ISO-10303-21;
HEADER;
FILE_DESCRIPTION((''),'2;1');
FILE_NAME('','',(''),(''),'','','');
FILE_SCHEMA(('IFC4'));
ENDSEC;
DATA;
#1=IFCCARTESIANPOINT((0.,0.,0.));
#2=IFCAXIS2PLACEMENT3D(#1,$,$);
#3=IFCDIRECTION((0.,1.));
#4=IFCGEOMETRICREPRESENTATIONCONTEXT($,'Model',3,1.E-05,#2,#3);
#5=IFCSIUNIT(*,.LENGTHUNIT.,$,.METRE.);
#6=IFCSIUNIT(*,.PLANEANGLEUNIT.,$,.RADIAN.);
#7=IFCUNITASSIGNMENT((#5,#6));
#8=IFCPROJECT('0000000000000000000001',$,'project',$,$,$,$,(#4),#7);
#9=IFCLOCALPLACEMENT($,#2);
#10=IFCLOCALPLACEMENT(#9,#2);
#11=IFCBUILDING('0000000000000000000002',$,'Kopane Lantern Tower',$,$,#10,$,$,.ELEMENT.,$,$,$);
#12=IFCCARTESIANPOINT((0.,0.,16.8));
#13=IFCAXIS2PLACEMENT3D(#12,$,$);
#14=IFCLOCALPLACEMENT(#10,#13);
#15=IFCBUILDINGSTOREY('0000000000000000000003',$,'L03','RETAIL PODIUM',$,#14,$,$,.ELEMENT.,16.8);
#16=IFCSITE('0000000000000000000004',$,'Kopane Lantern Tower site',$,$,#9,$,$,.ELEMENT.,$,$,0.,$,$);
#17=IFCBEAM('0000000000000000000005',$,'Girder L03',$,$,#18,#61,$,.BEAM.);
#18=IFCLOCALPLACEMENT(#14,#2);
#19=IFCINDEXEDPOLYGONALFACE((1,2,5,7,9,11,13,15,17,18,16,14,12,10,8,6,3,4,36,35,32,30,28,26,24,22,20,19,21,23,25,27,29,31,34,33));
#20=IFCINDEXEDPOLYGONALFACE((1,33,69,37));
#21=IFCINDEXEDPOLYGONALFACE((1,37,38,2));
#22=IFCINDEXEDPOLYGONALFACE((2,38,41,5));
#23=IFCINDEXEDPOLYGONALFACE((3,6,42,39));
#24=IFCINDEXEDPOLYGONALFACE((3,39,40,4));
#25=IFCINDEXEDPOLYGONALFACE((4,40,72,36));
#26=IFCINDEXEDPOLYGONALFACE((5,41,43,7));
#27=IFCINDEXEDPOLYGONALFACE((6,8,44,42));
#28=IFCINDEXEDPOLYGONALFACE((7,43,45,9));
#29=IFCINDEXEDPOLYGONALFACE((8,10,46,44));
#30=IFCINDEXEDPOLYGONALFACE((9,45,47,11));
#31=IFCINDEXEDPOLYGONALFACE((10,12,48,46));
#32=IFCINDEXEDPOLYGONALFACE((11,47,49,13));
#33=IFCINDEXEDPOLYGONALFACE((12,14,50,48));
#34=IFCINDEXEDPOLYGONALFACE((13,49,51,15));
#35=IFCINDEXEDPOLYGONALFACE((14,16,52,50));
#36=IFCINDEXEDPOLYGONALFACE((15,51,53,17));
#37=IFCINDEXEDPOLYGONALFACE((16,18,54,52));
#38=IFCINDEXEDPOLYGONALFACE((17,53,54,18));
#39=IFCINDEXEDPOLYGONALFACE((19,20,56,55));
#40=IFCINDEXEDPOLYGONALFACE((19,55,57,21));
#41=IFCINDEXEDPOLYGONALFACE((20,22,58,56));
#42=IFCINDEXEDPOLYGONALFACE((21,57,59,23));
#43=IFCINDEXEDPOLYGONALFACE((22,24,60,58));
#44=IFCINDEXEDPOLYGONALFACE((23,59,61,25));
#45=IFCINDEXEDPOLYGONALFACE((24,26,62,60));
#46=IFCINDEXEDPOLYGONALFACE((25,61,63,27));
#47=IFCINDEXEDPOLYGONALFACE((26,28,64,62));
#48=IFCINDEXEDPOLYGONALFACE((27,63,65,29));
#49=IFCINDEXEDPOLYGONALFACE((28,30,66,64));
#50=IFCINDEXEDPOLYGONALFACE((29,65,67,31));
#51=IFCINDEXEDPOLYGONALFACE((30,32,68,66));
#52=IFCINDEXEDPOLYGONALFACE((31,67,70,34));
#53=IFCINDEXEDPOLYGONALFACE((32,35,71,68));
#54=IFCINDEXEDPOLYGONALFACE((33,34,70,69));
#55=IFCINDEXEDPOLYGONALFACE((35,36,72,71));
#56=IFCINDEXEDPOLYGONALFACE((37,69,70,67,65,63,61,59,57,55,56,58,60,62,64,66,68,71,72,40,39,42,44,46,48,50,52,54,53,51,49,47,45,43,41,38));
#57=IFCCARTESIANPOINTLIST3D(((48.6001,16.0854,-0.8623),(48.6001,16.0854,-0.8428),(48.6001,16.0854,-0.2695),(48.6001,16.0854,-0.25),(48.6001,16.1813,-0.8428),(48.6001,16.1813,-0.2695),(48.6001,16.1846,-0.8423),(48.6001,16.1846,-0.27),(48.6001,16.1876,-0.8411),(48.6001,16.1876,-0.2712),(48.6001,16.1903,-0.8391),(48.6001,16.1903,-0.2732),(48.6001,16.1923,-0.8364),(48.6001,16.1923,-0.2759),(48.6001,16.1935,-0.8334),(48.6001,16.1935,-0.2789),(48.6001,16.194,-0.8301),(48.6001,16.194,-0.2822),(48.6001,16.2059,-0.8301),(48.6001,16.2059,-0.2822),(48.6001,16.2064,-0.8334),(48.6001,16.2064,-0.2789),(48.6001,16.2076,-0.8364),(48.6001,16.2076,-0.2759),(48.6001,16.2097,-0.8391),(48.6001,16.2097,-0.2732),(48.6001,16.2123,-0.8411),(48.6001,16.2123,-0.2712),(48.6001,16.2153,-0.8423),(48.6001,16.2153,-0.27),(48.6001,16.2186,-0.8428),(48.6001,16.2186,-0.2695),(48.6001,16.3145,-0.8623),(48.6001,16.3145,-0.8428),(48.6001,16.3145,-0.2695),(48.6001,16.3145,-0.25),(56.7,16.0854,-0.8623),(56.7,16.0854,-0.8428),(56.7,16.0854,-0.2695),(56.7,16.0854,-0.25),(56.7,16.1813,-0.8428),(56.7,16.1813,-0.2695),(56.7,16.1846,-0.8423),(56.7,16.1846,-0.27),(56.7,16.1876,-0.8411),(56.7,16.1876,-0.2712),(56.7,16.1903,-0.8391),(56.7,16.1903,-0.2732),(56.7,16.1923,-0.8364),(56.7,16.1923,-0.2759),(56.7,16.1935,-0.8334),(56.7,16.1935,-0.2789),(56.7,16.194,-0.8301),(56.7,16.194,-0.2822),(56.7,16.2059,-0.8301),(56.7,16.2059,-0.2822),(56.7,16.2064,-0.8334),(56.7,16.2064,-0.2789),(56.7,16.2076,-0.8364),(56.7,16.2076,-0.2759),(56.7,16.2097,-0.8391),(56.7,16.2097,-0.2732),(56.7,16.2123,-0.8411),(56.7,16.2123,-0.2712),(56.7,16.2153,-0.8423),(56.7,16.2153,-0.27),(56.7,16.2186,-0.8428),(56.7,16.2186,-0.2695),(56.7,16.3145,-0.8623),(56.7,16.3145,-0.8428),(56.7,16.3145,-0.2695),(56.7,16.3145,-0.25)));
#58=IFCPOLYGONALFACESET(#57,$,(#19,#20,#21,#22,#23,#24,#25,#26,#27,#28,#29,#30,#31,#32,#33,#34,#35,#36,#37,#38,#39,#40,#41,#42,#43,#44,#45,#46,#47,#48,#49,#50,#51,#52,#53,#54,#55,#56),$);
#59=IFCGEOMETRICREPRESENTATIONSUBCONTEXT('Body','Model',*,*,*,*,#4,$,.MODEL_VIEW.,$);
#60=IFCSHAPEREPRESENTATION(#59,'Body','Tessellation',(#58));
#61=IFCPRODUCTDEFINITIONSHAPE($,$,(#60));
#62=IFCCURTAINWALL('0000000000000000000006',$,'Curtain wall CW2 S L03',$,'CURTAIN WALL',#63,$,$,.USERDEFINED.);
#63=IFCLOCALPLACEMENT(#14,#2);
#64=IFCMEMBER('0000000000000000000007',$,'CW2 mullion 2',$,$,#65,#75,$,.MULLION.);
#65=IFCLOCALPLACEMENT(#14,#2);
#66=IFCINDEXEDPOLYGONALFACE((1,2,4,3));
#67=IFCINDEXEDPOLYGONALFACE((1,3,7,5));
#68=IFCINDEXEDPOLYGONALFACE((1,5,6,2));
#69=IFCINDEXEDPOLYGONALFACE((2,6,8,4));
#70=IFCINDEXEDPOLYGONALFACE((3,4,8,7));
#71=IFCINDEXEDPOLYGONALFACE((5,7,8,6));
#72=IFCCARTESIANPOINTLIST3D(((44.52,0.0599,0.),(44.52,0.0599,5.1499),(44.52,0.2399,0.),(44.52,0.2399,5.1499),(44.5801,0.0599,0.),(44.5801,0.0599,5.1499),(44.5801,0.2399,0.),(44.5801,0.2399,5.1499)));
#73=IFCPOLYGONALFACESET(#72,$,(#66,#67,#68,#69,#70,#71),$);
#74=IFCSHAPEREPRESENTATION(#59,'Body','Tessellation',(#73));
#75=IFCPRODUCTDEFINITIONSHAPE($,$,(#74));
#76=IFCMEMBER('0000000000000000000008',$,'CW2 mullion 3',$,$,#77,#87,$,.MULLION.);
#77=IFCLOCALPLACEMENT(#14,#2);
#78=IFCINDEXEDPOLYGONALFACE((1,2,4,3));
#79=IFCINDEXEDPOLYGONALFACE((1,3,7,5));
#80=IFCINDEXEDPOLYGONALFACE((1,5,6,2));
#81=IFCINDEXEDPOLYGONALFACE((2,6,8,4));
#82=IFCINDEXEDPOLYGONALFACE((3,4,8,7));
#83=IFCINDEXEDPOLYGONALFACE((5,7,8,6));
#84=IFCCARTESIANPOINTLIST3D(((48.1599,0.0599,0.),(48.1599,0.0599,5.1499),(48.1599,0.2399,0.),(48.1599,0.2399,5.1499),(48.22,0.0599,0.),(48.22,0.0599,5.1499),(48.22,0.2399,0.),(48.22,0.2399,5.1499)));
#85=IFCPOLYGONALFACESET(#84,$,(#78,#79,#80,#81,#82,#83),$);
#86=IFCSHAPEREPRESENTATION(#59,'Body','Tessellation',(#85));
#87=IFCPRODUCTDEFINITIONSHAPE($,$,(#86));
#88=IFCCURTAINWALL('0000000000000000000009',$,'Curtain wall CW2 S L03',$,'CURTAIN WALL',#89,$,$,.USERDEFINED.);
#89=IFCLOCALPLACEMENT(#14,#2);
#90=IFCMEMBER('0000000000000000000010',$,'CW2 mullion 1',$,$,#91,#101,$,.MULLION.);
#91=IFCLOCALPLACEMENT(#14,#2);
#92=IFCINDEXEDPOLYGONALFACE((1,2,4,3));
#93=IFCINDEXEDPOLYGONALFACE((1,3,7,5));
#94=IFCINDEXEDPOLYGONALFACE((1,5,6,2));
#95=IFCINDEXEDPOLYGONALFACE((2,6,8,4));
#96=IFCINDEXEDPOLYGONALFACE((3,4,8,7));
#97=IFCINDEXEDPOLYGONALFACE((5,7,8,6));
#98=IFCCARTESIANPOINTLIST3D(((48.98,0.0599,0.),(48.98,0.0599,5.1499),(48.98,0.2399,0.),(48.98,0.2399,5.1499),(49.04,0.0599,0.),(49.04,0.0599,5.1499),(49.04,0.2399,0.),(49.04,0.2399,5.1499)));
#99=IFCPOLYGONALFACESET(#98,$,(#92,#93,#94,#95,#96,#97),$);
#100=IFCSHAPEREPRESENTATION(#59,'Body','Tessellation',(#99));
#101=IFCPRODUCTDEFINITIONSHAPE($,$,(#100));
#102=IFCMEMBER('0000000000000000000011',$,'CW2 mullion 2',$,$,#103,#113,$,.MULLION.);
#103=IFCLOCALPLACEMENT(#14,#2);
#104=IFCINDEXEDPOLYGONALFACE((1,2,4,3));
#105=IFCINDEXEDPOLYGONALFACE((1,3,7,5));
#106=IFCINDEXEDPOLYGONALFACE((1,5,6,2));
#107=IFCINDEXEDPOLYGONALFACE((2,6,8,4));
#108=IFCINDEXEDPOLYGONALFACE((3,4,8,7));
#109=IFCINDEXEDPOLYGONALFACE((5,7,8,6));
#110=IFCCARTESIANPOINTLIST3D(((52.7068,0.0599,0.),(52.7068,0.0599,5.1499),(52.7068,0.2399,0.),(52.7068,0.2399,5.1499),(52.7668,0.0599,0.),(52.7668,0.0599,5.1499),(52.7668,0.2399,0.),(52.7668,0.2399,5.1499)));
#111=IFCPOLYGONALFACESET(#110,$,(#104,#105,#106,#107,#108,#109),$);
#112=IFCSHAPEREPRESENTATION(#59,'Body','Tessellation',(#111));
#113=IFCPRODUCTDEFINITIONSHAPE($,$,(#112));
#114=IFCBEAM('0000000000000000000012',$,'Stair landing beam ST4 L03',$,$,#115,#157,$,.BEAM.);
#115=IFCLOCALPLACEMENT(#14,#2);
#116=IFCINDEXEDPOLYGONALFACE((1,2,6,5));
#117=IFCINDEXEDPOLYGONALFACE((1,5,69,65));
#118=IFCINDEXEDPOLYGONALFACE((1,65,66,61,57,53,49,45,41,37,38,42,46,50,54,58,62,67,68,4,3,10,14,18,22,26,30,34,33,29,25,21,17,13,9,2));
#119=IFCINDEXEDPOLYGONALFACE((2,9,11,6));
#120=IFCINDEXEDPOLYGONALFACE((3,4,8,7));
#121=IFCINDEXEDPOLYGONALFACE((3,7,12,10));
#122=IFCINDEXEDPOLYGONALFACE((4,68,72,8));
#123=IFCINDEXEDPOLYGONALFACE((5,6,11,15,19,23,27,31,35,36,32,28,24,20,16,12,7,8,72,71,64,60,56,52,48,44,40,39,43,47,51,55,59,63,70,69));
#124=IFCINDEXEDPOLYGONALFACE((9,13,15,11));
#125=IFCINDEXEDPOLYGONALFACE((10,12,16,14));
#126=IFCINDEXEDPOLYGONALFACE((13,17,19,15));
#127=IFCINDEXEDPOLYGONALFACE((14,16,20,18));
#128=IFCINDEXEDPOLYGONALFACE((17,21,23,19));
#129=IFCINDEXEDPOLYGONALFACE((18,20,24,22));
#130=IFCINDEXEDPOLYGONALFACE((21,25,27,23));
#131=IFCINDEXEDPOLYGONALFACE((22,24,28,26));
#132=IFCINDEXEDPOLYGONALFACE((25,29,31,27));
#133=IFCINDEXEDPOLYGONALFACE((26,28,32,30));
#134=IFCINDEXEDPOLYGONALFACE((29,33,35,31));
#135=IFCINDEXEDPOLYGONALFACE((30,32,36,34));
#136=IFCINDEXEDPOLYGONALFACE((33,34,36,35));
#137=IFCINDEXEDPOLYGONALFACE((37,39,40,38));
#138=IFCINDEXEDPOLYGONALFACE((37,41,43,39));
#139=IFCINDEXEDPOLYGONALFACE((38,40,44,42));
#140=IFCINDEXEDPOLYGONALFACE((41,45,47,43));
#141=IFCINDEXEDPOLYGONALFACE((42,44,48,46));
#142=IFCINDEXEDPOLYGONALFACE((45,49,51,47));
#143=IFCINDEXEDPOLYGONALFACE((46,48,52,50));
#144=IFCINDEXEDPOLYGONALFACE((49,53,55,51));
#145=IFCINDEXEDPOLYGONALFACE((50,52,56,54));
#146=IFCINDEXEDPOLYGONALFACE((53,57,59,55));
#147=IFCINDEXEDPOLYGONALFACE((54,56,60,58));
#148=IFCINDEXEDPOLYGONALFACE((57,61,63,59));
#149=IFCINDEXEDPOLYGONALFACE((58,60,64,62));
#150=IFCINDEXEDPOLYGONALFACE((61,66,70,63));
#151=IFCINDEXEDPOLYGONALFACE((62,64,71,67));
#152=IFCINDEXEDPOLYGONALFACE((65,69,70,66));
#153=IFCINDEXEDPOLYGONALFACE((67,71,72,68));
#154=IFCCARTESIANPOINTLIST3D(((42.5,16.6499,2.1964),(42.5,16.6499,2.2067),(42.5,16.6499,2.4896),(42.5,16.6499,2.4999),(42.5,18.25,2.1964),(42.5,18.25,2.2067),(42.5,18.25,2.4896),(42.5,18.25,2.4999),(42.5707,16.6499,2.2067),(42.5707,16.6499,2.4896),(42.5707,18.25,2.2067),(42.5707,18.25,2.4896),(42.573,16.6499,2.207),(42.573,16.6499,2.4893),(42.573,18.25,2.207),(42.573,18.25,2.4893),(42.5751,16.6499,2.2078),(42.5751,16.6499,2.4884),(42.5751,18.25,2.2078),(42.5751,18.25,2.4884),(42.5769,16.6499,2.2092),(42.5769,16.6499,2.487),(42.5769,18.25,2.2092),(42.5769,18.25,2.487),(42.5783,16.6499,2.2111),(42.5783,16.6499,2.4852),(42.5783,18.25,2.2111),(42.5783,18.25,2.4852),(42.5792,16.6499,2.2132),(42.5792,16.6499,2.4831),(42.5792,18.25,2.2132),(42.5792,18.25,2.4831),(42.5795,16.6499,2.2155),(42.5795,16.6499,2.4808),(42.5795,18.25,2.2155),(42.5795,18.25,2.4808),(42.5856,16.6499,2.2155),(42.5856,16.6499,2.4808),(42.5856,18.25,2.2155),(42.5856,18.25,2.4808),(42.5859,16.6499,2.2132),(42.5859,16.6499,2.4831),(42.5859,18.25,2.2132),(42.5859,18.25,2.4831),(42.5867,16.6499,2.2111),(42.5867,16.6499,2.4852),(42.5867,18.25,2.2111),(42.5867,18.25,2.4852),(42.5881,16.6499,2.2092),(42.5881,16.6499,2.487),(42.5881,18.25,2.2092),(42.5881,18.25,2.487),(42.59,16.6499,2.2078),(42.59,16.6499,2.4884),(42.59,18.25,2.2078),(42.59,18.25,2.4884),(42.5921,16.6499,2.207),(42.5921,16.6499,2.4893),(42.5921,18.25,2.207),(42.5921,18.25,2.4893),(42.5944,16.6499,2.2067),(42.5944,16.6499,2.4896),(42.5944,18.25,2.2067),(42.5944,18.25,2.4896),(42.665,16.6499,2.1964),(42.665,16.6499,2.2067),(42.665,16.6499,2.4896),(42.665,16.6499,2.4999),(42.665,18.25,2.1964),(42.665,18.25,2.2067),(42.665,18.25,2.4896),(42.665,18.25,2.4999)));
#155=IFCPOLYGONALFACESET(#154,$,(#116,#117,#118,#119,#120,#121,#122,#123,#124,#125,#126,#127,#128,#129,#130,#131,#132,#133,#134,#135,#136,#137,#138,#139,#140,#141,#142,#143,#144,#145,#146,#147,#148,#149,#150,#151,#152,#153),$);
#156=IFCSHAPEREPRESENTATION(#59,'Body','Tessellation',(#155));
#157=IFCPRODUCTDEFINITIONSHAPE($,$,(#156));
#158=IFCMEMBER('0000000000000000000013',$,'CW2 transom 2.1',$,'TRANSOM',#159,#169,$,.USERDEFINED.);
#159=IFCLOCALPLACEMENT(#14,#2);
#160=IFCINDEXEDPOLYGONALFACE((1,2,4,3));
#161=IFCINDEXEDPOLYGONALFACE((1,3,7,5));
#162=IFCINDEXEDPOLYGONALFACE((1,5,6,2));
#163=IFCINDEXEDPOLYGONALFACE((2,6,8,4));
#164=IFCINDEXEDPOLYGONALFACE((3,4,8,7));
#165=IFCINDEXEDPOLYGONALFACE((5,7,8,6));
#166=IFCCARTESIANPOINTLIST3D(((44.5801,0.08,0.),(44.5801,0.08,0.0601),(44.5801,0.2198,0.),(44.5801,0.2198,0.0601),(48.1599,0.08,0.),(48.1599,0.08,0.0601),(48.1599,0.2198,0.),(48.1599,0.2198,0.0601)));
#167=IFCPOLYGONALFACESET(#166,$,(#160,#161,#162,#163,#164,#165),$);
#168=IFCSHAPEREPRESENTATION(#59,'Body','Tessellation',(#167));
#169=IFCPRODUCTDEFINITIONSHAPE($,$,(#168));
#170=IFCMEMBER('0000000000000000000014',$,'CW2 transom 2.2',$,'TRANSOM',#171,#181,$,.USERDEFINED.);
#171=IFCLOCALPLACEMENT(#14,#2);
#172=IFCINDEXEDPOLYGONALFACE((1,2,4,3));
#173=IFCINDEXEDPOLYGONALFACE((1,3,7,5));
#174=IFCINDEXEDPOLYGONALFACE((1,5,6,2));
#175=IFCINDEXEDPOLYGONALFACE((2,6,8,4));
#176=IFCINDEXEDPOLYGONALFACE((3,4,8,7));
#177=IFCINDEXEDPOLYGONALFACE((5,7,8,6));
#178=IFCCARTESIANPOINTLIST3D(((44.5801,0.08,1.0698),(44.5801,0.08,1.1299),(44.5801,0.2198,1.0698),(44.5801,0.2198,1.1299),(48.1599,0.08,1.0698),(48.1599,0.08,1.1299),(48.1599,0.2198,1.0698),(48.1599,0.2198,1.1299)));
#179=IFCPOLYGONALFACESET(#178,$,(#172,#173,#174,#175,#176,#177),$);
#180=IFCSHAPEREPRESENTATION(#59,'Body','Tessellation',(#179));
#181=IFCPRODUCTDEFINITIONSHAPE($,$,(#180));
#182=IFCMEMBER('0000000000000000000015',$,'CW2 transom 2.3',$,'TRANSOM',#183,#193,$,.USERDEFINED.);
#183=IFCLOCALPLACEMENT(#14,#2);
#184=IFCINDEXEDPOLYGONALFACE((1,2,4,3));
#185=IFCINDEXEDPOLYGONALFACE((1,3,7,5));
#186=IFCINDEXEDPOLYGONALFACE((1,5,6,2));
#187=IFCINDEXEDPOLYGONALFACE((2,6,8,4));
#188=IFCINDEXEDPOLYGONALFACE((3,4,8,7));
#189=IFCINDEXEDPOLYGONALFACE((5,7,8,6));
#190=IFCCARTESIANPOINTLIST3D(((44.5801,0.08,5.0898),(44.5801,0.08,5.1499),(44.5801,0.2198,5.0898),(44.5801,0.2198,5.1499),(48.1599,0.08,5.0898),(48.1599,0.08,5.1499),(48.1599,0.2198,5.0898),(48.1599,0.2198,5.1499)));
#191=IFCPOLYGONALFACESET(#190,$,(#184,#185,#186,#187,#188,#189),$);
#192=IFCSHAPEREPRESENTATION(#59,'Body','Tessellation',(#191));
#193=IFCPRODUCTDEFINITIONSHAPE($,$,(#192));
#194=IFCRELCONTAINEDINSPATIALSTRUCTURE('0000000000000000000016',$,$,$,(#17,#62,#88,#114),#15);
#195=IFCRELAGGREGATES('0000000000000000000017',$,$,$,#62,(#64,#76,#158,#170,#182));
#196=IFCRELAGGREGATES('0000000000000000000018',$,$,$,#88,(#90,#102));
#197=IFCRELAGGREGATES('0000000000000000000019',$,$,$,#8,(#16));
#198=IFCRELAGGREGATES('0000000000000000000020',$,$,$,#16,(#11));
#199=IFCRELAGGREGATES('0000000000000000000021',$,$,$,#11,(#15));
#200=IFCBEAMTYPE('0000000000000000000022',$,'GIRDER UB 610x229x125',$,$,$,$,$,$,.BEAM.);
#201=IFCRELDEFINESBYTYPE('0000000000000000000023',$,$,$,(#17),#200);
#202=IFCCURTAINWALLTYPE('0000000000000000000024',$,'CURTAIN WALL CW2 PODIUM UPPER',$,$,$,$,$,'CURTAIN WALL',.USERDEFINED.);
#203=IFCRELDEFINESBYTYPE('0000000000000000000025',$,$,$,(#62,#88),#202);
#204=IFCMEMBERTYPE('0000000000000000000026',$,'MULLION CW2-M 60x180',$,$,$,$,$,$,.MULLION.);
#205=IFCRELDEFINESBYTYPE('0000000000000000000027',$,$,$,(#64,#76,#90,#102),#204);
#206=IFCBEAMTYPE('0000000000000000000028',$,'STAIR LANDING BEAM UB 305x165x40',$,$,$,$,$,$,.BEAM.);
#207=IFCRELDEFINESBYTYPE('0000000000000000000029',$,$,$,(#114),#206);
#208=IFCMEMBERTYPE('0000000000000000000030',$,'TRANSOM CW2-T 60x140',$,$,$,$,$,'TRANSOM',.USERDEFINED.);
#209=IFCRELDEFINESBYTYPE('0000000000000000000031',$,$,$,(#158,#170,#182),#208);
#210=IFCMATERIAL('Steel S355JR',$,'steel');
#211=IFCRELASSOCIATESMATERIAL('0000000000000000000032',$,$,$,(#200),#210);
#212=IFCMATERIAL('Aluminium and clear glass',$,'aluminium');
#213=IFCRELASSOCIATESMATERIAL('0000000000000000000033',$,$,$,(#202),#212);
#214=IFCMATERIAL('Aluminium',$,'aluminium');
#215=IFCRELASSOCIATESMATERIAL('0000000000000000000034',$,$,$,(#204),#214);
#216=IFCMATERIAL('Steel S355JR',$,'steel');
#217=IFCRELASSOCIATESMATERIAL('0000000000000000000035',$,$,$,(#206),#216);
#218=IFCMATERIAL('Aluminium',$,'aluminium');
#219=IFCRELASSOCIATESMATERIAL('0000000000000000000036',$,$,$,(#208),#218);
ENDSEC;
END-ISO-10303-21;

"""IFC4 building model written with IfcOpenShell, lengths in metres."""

from ifc_helpers import new_model, si_unit, direction, frame, origin, origin_2d, place, context, subcontext, project, spatial, rectangle, i_section, extrude, material, material_profile, profile_set, type_object, element, aggregate, save


model = new_model("IFC4")

# Units and contexts
model_context = context("Model", 3, precision=1e-05, world=origin(), true_north=direction((0.0, 1.0)))
body_context = subcontext(model_context, "Body", "Model", "MODEL_VIEW")
ifc_project = project(units=[si_unit("LENGTHUNIT", "METRE"), si_unit("PLANEANGLEUNIT", "RADIAN")], contexts=[model_context])

# Site, building, storey
site_placement = place(None, origin())
site = spatial("IfcSite", under=ifc_project, at=site_placement, Name="Kopane Lantern Tower site", CompositionType="ELEMENT", RefElevation=0.0)
building_placement = place(site_placement, origin())
building = spatial("IfcBuilding", under=site, at=building_placement, Name="Kopane Lantern Tower", CompositionType="ELEMENT")
storey_placement = place(building_placement, frame((0.0, 0.0, 16.8)))
storey = spatial("IfcBuildingStorey", under=building, at=storey_placement, Name="L03", Description="RETAIL PODIUM", CompositionType="ELEMENT", Elevation=16.8)

# Beam
ifc_material_1 = material(Name="Steel S355JR", Category="steel")
ifc_material_profile_1 = material_profile(ifc_material_1, i_section(OverallWidth=0.229, OverallDepth=0.6123, WebThickness=0.012, FlangeThickness=0.0195, FilletRadius=0.0127, at=origin_2d()), Name="UB 610x229x125")
ifc_profile_set_1 = profile_set([ifc_material_profile_1], Name="Steel S355JR")
beam_type_1 = type_object("IfcBeamType", Name="GIRDER UB 610x229x125", PredefinedType="BEAM", material=ifc_profile_set_1)
beam_1_placement = place(storey_placement, frame((48.6001, 16.2, -0.5562), z_axis=(1.0, 0.0, 0.0), x_axis=(0.0, 1.0, 0.0)))
element("IfcBeam", 1, at=beam_1_placement, inside=storey, type_object=beam_type_1, Name="Girder L03", PredefinedType="BEAM", context=body_context, shape_type="SweptSolid", body=[
    extrude(i_section(OverallWidth=0.229, OverallDepth=0.6123, WebThickness=0.012, FlangeThickness=0.0195, FilletRadius=0.0127, at=origin_2d()), origin(), (0.0, 0.0, 1.0), 8.0999),
])

# Curtain walls, members
ifc_material_2 = material(Name="Aluminium and clear glass", Category="aluminium")
curtain_wall_type = type_object("IfcCurtainWallType", Name="CURTAIN WALL CW2 PODIUM UPPER", ElementType="CURTAIN WALL", PredefinedType="USERDEFINED", material=ifc_material_2)
curtain_wall_1_placement = place(storey_placement, origin())
curtain_wall_1 = element("IfcCurtainWall", 2, at=curtain_wall_1_placement, inside=storey, type_object=curtain_wall_type, Name="Curtain wall CW2 S L03", ObjectType="CURTAIN WALL", PredefinedType="USERDEFINED")
ifc_material_3 = material(Name="Aluminium", Category="aluminium")
ifc_material_profile_2 = material_profile(ifc_material_3, rectangle(XDim=0.0601, YDim=0.1799, at=origin_2d()), Name="AL 60x180")
ifc_profile_set_2 = profile_set([ifc_material_profile_2], Name="Aluminium")
member_type_1 = type_object("IfcMemberType", Name="MULLION CW2-M 60x180", PredefinedType="MULLION", material=ifc_profile_set_2)
member_1_placement = place(storey_placement, frame((44.55, 0.1499, 0.0), z_axis=(0.0, 0.0, 1.0), x_axis=(1.0, 0.0, 0.0)))
member_1 = element("IfcMember", 3, at=member_1_placement, type_object=member_type_1, Name="CW2 mullion 2", PredefinedType="MULLION", context=body_context, shape_type="SweptSolid", body=[
    extrude(rectangle(XDim=0.0601, YDim=0.1799, at=origin_2d()), origin(), (0.0, 0.0, 1.0), 5.1499),
])
member_2_placement = place(storey_placement, frame((48.1899, 0.1499, 0.0), z_axis=(0.0, 0.0, 1.0), x_axis=(1.0, 0.0, 0.0)))
member_2 = element("IfcMember", 4, at=member_2_placement, type_object=member_type_1, Name="CW2 mullion 3", PredefinedType="MULLION", context=body_context, shape_type="SweptSolid", body=[
    extrude(rectangle(XDim=0.0601, YDim=0.1799, at=origin_2d()), origin(), (0.0, 0.0, 1.0), 5.1499),
])
curtain_wall_2_placement = place(storey_placement, origin())
curtain_wall_2 = element("IfcCurtainWall", 5, at=curtain_wall_2_placement, inside=storey, type_object=curtain_wall_type, Name="Curtain wall CW2 S L03", ObjectType="CURTAIN WALL", PredefinedType="USERDEFINED")
member_3_placement = place(storey_placement, frame((49.01, 0.1499, 0.0), z_axis=(0.0, 0.0, 1.0), x_axis=(1.0, 0.0, 0.0)))
member_3 = element("IfcMember", 6, at=member_3_placement, type_object=member_type_1, Name="CW2 mullion 1", PredefinedType="MULLION", context=body_context, shape_type="SweptSolid", body=[
    extrude(rectangle(XDim=0.0601, YDim=0.1799, at=origin_2d()), origin(), (0.0, 0.0, 1.0), 5.1499),
])
member_4_placement = place(storey_placement, frame((52.7368, 0.1499, 0.0), z_axis=(0.0, 0.0, 1.0), x_axis=(1.0, 0.0, 0.0)))
member_4 = element("IfcMember", 7, at=member_4_placement, type_object=member_type_1, Name="CW2 mullion 2", PredefinedType="MULLION", context=body_context, shape_type="SweptSolid", body=[
    extrude(rectangle(XDim=0.0601, YDim=0.1799, at=origin_2d()), origin(), (0.0, 0.0, 1.0), 5.1499),
])

# Beam
ifc_material_4 = material(Name="Steel S355JR", Category="steel")
ifc_material_profile_3 = material_profile(ifc_material_4, i_section(OverallWidth=0.165, OverallDepth=0.3035, WebThickness=0.0061, FlangeThickness=0.0103, FilletRadius=0.0088, at=origin_2d()), Name="UB 305x165x40")
ifc_profile_set_3 = profile_set([ifc_material_profile_3], Name="Steel S355JR")
beam_type_2 = type_object("IfcBeamType", Name="STAIR LANDING BEAM UB 305x165x40", PredefinedType="BEAM", material=ifc_profile_set_3)
beam_2_placement = place(storey_placement, frame((42.5825, 16.6499, 2.3481), z_axis=(0.0, 1.0, 0.0), x_axis=(-1.0, 0.0, 0.0)))
element("IfcBeam", 8, at=beam_2_placement, inside=storey, type_object=beam_type_2, Name="Stair landing beam ST4 L03", PredefinedType="BEAM", context=body_context, shape_type="SweptSolid", body=[
    extrude(i_section(OverallWidth=0.165, OverallDepth=0.3035, WebThickness=0.0061, FlangeThickness=0.0103, FilletRadius=0.0088, at=origin_2d()), origin(), (0.0, 0.0, 1.0), 1.6001),
])

# Members
ifc_material_5 = material(Name="Aluminium", Category="aluminium")
ifc_material_profile_4 = material_profile(ifc_material_5, rectangle(XDim=0.1399, YDim=0.0601, at=origin_2d()), Name="AL 140x60")
ifc_profile_set_4 = profile_set([ifc_material_profile_4], Name="Aluminium")
member_type_2 = type_object("IfcMemberType", Name="TRANSOM CW2-T 60x140", ElementType="TRANSOM", PredefinedType="USERDEFINED", material=ifc_profile_set_4)
member_5_placement = place(storey_placement, frame((44.5801, 0.1499, 0.03), z_axis=(1.0, 0.0, 0.0), x_axis=(0.0, 1.0, 0.0)))
member_5 = element("IfcMember", 9, at=member_5_placement, type_object=member_type_2, Name="CW2 transom 2.1", ObjectType="TRANSOM", PredefinedType="USERDEFINED", context=body_context, shape_type="SweptSolid", body=[
    extrude(rectangle(XDim=0.1399, YDim=0.0601, at=origin_2d()), origin(), (0.0, 0.0, 1.0), 3.5798),
])
member_6_placement = place(storey_placement, frame((44.5801, 0.1499, 1.0999), z_axis=(1.0, 0.0, 0.0), x_axis=(0.0, 1.0, 0.0)))
member_6 = element("IfcMember", 10, at=member_6_placement, type_object=member_type_2, Name="CW2 transom 2.2", ObjectType="TRANSOM", PredefinedType="USERDEFINED", context=body_context, shape_type="SweptSolid", body=[
    extrude(rectangle(XDim=0.1399, YDim=0.0601, at=origin_2d()), origin(), (0.0, 0.0, 1.0), 3.5798),
])
member_7_placement = place(storey_placement, frame((44.5801, 0.1499, 5.1199), z_axis=(1.0, 0.0, 0.0), x_axis=(0.0, 1.0, 0.0)))
member_7 = element("IfcMember", 11, at=member_7_placement, type_object=member_type_2, Name="CW2 transom 2.3", ObjectType="TRANSOM", PredefinedType="USERDEFINED", context=body_context, shape_type="SweptSolid", body=[
    extrude(rectangle(XDim=0.1399, YDim=0.0601, at=origin_2d()), origin(), (0.0, 0.0, 1.0), 3.5798),
])

aggregate(curtain_wall_1, [member_1, member_2, member_5, member_6, member_7])
aggregate(curtain_wall_2, [member_3, member_4])

save(model, "model.ifc")
